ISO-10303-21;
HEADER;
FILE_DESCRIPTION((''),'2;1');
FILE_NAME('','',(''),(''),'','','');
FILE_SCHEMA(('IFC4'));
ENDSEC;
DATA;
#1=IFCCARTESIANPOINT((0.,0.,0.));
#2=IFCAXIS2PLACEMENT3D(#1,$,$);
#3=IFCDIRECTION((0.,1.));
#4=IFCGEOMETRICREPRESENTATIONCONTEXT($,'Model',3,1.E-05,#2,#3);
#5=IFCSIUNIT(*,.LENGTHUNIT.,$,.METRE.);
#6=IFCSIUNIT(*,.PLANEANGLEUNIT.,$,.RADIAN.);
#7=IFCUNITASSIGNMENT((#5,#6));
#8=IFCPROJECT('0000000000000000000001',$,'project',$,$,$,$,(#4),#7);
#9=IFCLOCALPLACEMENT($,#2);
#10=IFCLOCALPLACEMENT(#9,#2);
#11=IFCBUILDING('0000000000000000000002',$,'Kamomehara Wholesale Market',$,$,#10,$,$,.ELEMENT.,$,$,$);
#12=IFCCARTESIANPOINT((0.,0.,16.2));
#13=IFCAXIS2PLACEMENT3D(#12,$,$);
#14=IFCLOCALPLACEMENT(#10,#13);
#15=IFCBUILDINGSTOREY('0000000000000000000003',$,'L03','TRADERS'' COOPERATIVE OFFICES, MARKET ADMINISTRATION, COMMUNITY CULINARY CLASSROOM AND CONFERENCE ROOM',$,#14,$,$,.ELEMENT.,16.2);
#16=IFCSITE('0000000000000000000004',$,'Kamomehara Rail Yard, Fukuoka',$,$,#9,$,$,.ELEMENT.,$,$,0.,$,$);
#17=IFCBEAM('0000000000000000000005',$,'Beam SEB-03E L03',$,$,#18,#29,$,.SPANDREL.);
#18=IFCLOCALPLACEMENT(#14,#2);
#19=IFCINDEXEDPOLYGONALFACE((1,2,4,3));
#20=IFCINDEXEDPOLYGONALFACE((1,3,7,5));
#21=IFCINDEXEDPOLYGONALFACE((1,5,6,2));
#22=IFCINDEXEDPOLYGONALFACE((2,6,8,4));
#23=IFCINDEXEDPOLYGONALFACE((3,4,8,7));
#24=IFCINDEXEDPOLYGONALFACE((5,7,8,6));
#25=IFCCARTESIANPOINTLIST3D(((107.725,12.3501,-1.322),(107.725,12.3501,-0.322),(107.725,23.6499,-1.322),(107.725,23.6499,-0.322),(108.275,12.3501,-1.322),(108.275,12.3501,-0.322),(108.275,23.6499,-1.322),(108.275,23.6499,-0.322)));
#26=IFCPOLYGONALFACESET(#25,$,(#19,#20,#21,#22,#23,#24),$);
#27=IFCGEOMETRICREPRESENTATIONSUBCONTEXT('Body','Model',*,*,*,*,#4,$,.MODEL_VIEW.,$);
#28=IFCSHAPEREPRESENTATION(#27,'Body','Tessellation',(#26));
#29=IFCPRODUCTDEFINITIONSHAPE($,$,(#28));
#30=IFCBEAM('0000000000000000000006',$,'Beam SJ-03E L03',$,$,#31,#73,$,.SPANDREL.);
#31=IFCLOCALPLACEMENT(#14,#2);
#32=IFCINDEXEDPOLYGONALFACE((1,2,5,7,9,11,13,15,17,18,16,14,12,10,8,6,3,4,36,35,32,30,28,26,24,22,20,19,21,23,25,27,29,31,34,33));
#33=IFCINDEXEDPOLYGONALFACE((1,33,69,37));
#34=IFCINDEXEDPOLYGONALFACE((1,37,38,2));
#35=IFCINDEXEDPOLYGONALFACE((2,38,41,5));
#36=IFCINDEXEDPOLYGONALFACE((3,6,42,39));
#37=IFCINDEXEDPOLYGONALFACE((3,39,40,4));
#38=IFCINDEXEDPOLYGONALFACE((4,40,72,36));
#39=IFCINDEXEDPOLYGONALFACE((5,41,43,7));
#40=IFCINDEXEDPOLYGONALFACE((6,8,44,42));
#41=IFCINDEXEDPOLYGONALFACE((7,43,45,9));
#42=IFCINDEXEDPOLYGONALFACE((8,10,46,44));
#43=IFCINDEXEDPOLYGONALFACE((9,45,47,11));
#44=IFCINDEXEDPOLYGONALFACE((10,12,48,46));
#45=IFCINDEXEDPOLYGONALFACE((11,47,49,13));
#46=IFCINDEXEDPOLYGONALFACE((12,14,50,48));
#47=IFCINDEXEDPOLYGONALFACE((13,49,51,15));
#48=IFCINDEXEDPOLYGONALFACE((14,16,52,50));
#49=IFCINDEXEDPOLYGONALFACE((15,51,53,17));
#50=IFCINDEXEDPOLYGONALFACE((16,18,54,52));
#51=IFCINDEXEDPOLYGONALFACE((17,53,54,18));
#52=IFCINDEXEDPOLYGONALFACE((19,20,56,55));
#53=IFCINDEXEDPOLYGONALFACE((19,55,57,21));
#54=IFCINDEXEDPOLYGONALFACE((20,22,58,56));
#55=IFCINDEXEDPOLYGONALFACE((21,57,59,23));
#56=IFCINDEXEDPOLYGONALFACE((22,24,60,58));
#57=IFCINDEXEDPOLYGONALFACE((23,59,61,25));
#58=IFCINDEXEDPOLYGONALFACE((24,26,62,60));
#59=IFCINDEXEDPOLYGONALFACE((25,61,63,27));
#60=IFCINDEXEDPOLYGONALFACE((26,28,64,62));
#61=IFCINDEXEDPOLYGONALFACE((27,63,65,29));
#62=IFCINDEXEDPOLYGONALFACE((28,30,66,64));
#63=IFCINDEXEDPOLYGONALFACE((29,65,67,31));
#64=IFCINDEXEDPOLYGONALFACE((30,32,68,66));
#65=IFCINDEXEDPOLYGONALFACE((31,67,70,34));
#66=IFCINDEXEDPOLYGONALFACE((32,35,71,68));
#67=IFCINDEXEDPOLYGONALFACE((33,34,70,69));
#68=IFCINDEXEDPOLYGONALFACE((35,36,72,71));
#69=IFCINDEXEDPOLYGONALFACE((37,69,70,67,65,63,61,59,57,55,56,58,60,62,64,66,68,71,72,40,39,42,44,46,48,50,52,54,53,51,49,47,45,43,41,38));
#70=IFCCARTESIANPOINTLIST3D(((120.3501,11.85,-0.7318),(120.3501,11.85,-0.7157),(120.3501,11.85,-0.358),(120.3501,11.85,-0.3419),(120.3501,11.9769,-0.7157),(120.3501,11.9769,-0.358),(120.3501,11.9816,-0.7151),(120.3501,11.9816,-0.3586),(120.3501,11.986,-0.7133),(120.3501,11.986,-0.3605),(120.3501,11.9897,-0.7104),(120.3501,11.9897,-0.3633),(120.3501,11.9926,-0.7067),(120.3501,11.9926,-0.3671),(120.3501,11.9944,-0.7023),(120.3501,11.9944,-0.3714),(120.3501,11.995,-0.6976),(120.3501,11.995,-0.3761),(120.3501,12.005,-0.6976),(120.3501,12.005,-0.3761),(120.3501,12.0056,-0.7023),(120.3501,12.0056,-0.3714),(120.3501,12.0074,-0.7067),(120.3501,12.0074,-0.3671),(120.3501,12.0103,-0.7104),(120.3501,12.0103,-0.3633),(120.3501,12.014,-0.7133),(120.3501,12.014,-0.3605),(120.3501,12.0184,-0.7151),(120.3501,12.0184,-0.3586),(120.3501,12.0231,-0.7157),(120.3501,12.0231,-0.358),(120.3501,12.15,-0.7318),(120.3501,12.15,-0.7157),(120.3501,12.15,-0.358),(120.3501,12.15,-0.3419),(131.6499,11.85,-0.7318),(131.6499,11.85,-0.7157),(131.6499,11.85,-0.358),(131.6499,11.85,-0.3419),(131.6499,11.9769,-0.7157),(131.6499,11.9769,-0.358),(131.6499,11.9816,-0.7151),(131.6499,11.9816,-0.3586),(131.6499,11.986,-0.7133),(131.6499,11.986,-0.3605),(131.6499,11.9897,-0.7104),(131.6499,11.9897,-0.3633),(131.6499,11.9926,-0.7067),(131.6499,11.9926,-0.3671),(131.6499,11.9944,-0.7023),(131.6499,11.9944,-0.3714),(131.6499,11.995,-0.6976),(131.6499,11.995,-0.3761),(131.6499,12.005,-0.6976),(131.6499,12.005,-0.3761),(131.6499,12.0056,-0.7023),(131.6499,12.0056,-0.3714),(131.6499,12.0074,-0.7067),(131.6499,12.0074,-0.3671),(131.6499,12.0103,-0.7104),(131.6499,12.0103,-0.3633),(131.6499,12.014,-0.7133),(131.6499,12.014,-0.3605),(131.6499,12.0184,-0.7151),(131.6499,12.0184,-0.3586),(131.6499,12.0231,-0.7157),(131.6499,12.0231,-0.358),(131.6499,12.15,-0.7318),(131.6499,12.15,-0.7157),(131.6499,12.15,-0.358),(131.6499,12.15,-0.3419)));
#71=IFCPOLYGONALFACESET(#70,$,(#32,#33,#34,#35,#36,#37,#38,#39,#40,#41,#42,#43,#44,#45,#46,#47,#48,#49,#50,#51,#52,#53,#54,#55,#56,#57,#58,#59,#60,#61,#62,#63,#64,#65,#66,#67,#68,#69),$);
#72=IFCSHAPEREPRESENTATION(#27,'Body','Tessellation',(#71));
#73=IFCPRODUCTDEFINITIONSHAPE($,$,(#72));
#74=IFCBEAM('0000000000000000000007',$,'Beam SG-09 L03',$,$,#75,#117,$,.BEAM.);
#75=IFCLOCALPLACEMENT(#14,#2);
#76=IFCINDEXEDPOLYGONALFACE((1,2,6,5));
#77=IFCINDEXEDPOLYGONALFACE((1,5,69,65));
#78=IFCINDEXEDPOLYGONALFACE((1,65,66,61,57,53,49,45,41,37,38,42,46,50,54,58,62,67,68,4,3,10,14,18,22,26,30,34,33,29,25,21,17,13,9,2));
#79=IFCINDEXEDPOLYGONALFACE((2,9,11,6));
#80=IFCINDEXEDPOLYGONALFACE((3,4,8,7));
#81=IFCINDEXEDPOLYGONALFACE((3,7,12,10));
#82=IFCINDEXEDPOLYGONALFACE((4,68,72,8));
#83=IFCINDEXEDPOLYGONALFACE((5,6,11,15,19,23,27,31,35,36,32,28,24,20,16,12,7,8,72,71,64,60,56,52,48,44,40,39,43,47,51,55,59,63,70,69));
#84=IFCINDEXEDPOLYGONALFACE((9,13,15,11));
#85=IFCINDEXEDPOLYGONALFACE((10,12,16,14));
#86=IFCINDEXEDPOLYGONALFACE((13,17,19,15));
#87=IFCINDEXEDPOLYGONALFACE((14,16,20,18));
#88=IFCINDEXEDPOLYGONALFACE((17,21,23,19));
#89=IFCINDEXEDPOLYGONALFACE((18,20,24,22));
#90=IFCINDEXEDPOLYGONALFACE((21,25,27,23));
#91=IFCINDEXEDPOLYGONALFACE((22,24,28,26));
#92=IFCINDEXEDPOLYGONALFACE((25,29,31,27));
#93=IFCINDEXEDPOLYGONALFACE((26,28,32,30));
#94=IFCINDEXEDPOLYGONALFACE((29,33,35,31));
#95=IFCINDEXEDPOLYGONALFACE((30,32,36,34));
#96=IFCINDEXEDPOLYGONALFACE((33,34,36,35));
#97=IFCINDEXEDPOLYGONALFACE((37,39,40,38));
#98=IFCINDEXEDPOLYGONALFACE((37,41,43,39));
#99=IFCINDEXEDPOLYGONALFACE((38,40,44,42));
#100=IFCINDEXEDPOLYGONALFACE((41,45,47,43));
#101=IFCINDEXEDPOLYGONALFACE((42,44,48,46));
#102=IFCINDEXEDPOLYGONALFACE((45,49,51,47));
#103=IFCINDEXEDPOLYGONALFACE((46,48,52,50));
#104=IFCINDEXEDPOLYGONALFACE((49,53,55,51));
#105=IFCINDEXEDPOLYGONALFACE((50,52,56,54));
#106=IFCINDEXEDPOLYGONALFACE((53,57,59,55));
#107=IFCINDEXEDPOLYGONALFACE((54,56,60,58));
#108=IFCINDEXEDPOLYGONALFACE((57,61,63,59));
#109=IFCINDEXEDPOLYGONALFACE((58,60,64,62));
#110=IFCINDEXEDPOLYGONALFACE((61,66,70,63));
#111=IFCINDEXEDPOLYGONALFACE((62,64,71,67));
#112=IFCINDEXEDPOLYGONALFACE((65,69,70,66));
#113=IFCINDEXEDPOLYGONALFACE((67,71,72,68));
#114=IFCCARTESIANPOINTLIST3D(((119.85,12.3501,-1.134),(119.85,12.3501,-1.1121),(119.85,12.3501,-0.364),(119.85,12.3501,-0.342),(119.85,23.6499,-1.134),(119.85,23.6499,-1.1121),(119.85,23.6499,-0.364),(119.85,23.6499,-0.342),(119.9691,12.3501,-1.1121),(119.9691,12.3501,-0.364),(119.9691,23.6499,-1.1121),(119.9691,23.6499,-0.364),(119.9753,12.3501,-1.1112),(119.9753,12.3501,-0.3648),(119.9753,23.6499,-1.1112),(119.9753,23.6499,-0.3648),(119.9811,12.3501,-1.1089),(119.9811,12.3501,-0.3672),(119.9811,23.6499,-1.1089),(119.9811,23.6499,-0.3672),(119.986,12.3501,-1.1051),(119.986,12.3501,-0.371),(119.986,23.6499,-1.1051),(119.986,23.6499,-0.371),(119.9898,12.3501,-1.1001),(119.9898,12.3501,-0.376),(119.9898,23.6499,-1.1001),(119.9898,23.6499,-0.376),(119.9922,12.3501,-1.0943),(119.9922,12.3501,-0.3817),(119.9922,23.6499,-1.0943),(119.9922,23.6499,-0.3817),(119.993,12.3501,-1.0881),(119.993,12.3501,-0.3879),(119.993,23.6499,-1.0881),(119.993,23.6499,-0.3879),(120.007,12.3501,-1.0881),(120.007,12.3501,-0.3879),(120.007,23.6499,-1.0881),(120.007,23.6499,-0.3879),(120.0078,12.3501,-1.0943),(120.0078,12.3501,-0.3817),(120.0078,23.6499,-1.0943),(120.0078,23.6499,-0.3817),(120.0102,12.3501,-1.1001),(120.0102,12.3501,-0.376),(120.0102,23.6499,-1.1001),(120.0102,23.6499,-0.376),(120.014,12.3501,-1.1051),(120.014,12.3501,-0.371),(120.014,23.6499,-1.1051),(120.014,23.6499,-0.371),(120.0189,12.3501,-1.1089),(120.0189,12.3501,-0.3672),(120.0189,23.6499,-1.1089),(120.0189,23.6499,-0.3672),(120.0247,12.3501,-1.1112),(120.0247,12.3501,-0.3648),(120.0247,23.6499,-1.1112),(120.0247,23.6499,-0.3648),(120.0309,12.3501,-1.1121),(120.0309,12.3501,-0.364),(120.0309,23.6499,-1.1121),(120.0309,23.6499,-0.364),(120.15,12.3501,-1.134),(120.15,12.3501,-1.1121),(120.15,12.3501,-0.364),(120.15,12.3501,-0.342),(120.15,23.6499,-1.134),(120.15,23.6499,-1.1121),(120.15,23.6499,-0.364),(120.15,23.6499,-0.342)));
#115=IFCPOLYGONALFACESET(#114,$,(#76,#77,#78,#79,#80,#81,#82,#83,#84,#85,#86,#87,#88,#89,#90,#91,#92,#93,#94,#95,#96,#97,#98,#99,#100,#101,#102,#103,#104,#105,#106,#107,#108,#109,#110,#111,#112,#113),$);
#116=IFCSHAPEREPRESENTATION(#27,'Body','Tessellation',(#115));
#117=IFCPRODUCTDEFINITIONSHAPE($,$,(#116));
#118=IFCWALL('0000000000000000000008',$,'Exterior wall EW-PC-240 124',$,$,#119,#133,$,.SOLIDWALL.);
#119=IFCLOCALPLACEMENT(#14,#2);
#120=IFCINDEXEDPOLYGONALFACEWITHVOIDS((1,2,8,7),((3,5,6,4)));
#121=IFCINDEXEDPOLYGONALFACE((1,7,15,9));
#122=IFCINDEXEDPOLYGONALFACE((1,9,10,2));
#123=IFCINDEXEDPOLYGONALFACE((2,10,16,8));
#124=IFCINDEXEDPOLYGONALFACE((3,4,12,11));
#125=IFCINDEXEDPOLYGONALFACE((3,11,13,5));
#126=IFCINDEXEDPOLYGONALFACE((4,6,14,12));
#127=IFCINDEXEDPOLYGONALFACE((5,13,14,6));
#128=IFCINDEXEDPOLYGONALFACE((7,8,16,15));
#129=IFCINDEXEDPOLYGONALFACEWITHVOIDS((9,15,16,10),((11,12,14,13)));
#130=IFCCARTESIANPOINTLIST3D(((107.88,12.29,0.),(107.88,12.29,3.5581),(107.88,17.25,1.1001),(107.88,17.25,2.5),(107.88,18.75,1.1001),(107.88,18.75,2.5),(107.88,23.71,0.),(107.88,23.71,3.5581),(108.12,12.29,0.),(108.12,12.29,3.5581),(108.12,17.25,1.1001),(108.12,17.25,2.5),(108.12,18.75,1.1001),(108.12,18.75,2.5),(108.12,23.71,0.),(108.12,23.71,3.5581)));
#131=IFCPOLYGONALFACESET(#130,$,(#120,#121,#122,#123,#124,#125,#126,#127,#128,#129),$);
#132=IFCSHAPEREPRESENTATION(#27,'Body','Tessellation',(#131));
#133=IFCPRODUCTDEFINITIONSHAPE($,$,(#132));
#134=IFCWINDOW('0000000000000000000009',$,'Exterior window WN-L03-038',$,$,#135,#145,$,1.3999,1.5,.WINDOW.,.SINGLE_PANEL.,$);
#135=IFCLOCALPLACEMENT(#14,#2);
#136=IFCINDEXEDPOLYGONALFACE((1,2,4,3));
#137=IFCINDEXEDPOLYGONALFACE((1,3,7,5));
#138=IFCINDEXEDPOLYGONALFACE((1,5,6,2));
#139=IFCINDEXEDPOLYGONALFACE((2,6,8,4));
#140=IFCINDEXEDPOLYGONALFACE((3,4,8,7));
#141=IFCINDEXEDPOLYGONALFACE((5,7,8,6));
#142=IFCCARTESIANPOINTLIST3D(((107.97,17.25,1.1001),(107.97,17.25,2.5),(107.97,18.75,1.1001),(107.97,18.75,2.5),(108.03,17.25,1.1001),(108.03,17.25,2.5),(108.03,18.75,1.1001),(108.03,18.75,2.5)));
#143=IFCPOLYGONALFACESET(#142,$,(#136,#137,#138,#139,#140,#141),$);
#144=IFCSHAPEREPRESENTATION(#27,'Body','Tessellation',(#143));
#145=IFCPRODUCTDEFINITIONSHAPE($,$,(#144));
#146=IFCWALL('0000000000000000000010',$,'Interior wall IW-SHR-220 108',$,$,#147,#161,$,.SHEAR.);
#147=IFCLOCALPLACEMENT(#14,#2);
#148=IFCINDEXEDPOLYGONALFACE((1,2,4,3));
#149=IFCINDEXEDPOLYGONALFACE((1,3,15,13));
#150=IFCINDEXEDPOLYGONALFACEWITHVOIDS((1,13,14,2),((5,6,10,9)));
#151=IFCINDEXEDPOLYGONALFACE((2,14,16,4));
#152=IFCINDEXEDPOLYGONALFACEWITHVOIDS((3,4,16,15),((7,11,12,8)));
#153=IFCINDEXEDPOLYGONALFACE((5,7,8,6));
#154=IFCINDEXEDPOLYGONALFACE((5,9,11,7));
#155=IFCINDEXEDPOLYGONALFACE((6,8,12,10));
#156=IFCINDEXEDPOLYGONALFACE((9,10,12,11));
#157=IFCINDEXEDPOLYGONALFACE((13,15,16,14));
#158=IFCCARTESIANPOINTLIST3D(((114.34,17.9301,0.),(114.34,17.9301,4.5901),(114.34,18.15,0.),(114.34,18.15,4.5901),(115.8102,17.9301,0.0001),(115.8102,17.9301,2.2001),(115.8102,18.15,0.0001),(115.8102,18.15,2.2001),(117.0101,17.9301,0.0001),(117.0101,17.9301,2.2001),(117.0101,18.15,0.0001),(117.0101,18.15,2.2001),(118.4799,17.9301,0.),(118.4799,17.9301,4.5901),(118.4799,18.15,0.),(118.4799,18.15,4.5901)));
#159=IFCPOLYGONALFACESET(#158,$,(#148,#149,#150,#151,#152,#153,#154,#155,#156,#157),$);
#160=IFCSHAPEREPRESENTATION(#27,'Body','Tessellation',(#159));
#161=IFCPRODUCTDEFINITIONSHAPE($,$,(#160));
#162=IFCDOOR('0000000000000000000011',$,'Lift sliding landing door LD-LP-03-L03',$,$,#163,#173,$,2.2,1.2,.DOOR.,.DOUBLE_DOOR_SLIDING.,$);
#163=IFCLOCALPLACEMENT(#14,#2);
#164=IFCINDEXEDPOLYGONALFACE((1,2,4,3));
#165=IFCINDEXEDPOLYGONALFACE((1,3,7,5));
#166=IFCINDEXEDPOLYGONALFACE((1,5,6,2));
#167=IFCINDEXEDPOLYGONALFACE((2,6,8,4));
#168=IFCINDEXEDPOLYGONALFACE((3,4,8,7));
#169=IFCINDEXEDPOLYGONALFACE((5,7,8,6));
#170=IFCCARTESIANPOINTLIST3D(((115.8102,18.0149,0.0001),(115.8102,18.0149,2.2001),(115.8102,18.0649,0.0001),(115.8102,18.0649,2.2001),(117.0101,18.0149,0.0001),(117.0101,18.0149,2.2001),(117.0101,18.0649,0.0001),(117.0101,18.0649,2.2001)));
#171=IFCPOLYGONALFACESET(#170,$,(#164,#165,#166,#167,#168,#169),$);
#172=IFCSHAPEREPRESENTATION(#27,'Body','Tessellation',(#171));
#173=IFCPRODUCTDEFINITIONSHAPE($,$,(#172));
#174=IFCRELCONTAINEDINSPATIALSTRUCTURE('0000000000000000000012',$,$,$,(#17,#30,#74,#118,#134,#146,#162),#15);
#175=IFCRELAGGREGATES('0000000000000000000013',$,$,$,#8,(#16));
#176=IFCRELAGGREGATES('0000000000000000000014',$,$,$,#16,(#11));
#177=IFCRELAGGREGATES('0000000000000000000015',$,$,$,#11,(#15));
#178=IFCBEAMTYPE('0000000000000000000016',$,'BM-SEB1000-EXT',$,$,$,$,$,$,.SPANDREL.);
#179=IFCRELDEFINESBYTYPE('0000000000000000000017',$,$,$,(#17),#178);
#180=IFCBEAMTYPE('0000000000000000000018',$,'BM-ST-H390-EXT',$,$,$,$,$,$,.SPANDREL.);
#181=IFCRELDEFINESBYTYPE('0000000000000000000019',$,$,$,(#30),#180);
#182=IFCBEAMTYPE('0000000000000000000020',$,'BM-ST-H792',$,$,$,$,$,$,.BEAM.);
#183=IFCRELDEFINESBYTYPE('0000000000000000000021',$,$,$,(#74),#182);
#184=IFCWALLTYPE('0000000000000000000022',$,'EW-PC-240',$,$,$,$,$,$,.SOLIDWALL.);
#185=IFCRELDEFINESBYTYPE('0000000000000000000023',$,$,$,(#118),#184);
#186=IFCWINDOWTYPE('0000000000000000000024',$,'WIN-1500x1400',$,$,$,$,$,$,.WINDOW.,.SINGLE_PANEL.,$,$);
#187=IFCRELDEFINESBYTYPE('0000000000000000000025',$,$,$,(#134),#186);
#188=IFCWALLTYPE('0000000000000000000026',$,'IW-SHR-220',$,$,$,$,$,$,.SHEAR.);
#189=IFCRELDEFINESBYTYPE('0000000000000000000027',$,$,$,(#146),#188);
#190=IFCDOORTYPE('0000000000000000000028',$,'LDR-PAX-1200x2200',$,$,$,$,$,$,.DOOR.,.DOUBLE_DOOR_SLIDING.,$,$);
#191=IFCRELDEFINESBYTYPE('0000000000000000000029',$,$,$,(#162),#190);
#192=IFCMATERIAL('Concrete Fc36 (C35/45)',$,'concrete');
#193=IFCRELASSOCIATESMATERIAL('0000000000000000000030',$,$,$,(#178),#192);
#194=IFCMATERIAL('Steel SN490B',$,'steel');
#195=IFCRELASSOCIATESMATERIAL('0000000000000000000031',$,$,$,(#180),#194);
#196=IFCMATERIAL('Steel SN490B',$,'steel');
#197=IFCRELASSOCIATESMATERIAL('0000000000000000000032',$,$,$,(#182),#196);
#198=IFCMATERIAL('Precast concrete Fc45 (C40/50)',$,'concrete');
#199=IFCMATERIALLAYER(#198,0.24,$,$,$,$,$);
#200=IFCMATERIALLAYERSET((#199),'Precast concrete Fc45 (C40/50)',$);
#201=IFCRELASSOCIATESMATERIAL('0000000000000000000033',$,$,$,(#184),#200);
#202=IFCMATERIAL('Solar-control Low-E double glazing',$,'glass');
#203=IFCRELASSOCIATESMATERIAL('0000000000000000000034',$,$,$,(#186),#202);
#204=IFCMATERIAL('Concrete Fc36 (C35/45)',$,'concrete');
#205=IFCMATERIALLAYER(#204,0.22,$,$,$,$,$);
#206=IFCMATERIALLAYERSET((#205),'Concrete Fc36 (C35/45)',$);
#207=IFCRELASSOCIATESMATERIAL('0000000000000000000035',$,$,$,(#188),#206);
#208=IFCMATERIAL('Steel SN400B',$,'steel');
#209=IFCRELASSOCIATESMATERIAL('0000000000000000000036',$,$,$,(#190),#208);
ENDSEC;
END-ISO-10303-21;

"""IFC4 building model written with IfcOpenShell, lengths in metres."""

from ifc_helpers import new_model, si_unit, direction, frame, frame_2d, origin, origin_2d, place, context, subcontext, project, spatial, rectangle, i_section, extrude, material, layer, layer_set, material_profile, profile_set, type_object, element, fill, save


model = new_model("IFC4")

# Units and contexts
model_context = context("Model", 3, precision=1e-05, world=origin(), true_north=direction((0.0, 1.0)))
body_context = subcontext(model_context, "Body", "Model", "MODEL_VIEW")
ifc_project = project(units=[si_unit("LENGTHUNIT", "METRE"), si_unit("PLANEANGLEUNIT", "RADIAN")], contexts=[model_context])

# Site, building, storey
site_placement = place(None, origin())
site = spatial("IfcSite", under=ifc_project, at=site_placement, Name="Kamomehara Rail Yard, Fukuoka", CompositionType="ELEMENT", RefElevation=0.0)
building_placement = place(site_placement, origin())
building = spatial("IfcBuilding", under=site, at=building_placement, Name="Kamomehara Wholesale Market", CompositionType="ELEMENT")
storey_placement = place(building_placement, frame((0.0, 0.0, 16.2)))
storey = spatial("IfcBuildingStorey", under=building, at=storey_placement, Name="L03", Description="TRADERS' COOPERATIVE OFFICES, MARKET ADMINISTRATION, COMMUNITY CULINARY CLASSROOM AND CONFERENCE ROOM", CompositionType="ELEMENT", Elevation=16.2)

# Beams
ifc_material_1 = material(Name="Concrete Fc36 (C35/45)", Category="concrete")
ifc_material_profile_1 = material_profile(ifc_material_1, rectangle(XDim=0.55, YDim=1.0, at=origin_2d()), Name="RC-SEB-550x1000")
ifc_profile_set_1 = profile_set([ifc_material_profile_1], Name="Concrete Fc36 (C35/45)")
beam_type_1 = type_object("IfcBeamType", Name="BM-SEB1000-EXT", PredefinedType="SPANDREL", material=ifc_profile_set_1)
beam_1_placement = place(storey_placement, frame((108.0, 12.3501, -0.822), z_axis=(0.0, 1.0, 0.0), x_axis=(-1.0, 0.0, 0.0)))
element("IfcBeam", 1, at=beam_1_placement, inside=storey, type_object=beam_type_1, Name="Beam SEB-03E L03", PredefinedType="SPANDREL", context=body_context, shape_type="SweptSolid", body=[
    extrude(rectangle(XDim=0.55, YDim=1.0, at=origin_2d()), origin(), (0.0, 0.0, 1.0), 11.2998),
])
ifc_material_2 = material(Name="Steel SN490B", Category="steel")
ifc_material_profile_2 = material_profile(ifc_material_2, i_section(OverallWidth=0.3, OverallDepth=0.3899, WebThickness=0.01, FlangeThickness=0.0161, FilletRadius=0.0181, at=origin_2d()), Name="H-390x300x10x16")
ifc_profile_set_2 = profile_set([ifc_material_profile_2], Name="Steel SN490B")
beam_type_2 = type_object("IfcBeamType", Name="BM-ST-H390-EXT", PredefinedType="SPANDREL", material=ifc_profile_set_2)
beam_2_placement = place(storey_placement, frame((120.3501, 12.0, -0.5369), z_axis=(1.0, 0.0, 0.0), x_axis=(0.0, 1.0, 0.0)))
element("IfcBeam", 2, at=beam_2_placement, inside=storey, type_object=beam_type_2, Name="Beam SJ-03E L03", PredefinedType="SPANDREL", context=body_context, shape_type="SweptSolid", body=[
    extrude(i_section(OverallWidth=0.3, OverallDepth=0.3899, WebThickness=0.01, FlangeThickness=0.0161, FilletRadius=0.0181, at=origin_2d()), origin(), (0.0, 0.0, 1.0), 11.2998),
])
ifc_material_3 = material(Name="Steel SN490B", Category="steel")
ifc_material_profile_3 = material_profile(ifc_material_3, i_section(OverallWidth=0.3, OverallDepth=0.792, WebThickness=0.0139, FlangeThickness=0.022, FilletRadius=0.0239, at=origin_2d()), Name="H-792x300x14x22")
ifc_profile_set_3 = profile_set([ifc_material_profile_3], Name="Steel SN490B")
beam_type_3 = type_object("IfcBeamType", Name="BM-ST-H792", PredefinedType="BEAM", material=ifc_profile_set_3)
beam_3_placement = place(storey_placement, frame((120.0, 12.3501, -0.738), z_axis=(0.0, 1.0, 0.0), x_axis=(-1.0, 0.0, 0.0)))
element("IfcBeam", 3, at=beam_3_placement, inside=storey, type_object=beam_type_3, Name="Beam SG-09 L03", PredefinedType="BEAM", context=body_context, shape_type="SweptSolid", body=[
    extrude(i_section(OverallWidth=0.3, OverallDepth=0.792, WebThickness=0.0139, FlangeThickness=0.022, FilletRadius=0.0239, at=origin_2d()), origin(), (0.0, 0.0, 1.0), 11.2998),
])

# Wall, opening, window
ifc_material_4 = material(Name="Precast concrete Fc45 (C40/50)", Category="concrete")
ifc_layer_1 = layer(ifc_material_4, 0.24)
ifc_layer_set_1 = layer_set([ifc_layer_1], Name="Precast concrete Fc45 (C40/50)")
wall_type_1 = type_object("IfcWallType", Name="EW-PC-240", PredefinedType="SOLIDWALL", material=ifc_layer_set_1)
wall_1_placement = place(storey_placement, frame((108.0, 12.29, 0.0), z_axis=(0.0, 0.0, 1.0), x_axis=(0.0, 1.0, 0.0)))
wall_1 = element("IfcWall", 4, at=wall_1_placement, inside=storey, type_object=wall_type_1, Name="Exterior wall EW-PC-240 124", PredefinedType="SOLIDWALL", context=body_context, shape_type="SweptSolid", body=[
    extrude(rectangle(XDim=11.4199, YDim=0.24, at=frame_2d((5.71, 0.0))), origin(), (0.0, 0.0, 1.0), 3.5581),
])
opening_1_placement = place(wall_1_placement, frame((4.96, 0.0, 1.1001)))
opening_1 = element("IfcOpeningElement", 5, at=opening_1_placement, cuts=wall_1, PredefinedType="OPENING", context=body_context, shape_type="SweptSolid", body=[
    extrude(rectangle(XDim=1.5, YDim=1.3999, at=frame_2d((0.75, 0.7))), frame((0.0, 0.1348, 0.0), z_axis=(0.0, -1.0, 0.0), x_axis=(1.0, 0.0, 0.0)), (0.0, 0.0, 1.0), 0.2698),
])
ifc_material_5 = material(Name="Solar-control Low-E double glazing", Category="glass")
window_type = type_object("IfcWindowType", Name="WIN-1500x1400", PartitioningType="SINGLE_PANEL", PredefinedType="WINDOW", material=ifc_material_5)
window_placement = place(opening_1_placement, origin())
window = element("IfcWindow", 6, at=window_placement, inside=storey, type_object=window_type, Name="Exterior window WN-L03-038", OverallHeight=1.3999, OverallWidth=1.5, PartitioningType="SINGLE_PANEL", PredefinedType="WINDOW", context=body_context, shape_type="SweptSolid", body=[
    extrude(rectangle(XDim=1.5, YDim=1.3999, at=frame_2d((0.75, 0.7))), frame((0.0, 0.03, 0.0), z_axis=(0.0, -1.0, 0.0), x_axis=(1.0, 0.0, 0.0)), (0.0, 0.0, 1.0), 0.0601),
])
fill(opening_1, window)

# Wall, opening, door
ifc_material_6 = material(Name="Concrete Fc36 (C35/45)", Category="concrete")
ifc_layer_2 = layer(ifc_material_6, 0.22)
ifc_layer_set_2 = layer_set([ifc_layer_2], Name="Concrete Fc36 (C35/45)")
wall_type_2 = type_object("IfcWallType", Name="IW-SHR-220", PredefinedType="SHEAR", material=ifc_layer_set_2)
wall_2_placement = place(storey_placement, frame((114.3401, 18.04, 0.0), z_axis=(0.0, 0.0, 1.0), x_axis=(1.0, 0.0, 0.0)))
wall_2 = element("IfcWall", 7, at=wall_2_placement, inside=storey, type_object=wall_type_2, Name="Interior wall IW-SHR-220 108", PredefinedType="SHEAR", context=body_context, shape_type="SweptSolid", body=[
    extrude(rectangle(XDim=4.1399, YDim=0.22, at=frame_2d((2.0698, 0.0))), origin(), (0.0, 0.0, 1.0), 4.5901),
])
opening_2_placement = place(wall_2_placement, frame((1.47, 0.0, 0.0)))
opening_2 = element("IfcOpeningElement", 8, at=opening_2_placement, cuts=wall_2, PredefinedType="OPENING", context=body_context, shape_type="SweptSolid", body=[
    extrude(rectangle(XDim=1.2, YDim=2.2, at=frame_2d((0.6001, 1.1001))), frame((0.0, 0.125, 0.0), z_axis=(0.0, -1.0, 0.0), x_axis=(1.0, 0.0, 0.0)), (0.0, 0.0, 1.0), 0.2498),
])
ifc_material_7 = material(Name="Steel SN400B", Category="steel")
door_type_1 = type_object("IfcDoorType", Name="LDR-PAX-1200x2200", OperationType="DOUBLE_DOOR_SLIDING", PredefinedType="DOOR", material=ifc_material_7)
door_1_placement = place(opening_2_placement, origin())
door_1 = element("IfcDoor", 9, at=door_1_placement, inside=storey, type_object=door_type_1, Name="Lift sliding landing door LD-LP-03-L03", OperationType="DOUBLE_DOOR_SLIDING", OverallHeight=2.2, OverallWidth=1.2, PredefinedType="DOOR", context=body_context, shape_type="SweptSolid", body=[
    extrude(rectangle(XDim=1.2, YDim=2.2, at=frame_2d((0.6001, 1.1001))), frame((0.0, 0.0249, 0.0), z_axis=(0.0, -1.0, 0.0), x_axis=(1.0, 0.0, 0.0)), (0.0, 0.0, 1.0), 0.05),
])
fill(opening_2, door_1)

save(model, "model.ifc")
